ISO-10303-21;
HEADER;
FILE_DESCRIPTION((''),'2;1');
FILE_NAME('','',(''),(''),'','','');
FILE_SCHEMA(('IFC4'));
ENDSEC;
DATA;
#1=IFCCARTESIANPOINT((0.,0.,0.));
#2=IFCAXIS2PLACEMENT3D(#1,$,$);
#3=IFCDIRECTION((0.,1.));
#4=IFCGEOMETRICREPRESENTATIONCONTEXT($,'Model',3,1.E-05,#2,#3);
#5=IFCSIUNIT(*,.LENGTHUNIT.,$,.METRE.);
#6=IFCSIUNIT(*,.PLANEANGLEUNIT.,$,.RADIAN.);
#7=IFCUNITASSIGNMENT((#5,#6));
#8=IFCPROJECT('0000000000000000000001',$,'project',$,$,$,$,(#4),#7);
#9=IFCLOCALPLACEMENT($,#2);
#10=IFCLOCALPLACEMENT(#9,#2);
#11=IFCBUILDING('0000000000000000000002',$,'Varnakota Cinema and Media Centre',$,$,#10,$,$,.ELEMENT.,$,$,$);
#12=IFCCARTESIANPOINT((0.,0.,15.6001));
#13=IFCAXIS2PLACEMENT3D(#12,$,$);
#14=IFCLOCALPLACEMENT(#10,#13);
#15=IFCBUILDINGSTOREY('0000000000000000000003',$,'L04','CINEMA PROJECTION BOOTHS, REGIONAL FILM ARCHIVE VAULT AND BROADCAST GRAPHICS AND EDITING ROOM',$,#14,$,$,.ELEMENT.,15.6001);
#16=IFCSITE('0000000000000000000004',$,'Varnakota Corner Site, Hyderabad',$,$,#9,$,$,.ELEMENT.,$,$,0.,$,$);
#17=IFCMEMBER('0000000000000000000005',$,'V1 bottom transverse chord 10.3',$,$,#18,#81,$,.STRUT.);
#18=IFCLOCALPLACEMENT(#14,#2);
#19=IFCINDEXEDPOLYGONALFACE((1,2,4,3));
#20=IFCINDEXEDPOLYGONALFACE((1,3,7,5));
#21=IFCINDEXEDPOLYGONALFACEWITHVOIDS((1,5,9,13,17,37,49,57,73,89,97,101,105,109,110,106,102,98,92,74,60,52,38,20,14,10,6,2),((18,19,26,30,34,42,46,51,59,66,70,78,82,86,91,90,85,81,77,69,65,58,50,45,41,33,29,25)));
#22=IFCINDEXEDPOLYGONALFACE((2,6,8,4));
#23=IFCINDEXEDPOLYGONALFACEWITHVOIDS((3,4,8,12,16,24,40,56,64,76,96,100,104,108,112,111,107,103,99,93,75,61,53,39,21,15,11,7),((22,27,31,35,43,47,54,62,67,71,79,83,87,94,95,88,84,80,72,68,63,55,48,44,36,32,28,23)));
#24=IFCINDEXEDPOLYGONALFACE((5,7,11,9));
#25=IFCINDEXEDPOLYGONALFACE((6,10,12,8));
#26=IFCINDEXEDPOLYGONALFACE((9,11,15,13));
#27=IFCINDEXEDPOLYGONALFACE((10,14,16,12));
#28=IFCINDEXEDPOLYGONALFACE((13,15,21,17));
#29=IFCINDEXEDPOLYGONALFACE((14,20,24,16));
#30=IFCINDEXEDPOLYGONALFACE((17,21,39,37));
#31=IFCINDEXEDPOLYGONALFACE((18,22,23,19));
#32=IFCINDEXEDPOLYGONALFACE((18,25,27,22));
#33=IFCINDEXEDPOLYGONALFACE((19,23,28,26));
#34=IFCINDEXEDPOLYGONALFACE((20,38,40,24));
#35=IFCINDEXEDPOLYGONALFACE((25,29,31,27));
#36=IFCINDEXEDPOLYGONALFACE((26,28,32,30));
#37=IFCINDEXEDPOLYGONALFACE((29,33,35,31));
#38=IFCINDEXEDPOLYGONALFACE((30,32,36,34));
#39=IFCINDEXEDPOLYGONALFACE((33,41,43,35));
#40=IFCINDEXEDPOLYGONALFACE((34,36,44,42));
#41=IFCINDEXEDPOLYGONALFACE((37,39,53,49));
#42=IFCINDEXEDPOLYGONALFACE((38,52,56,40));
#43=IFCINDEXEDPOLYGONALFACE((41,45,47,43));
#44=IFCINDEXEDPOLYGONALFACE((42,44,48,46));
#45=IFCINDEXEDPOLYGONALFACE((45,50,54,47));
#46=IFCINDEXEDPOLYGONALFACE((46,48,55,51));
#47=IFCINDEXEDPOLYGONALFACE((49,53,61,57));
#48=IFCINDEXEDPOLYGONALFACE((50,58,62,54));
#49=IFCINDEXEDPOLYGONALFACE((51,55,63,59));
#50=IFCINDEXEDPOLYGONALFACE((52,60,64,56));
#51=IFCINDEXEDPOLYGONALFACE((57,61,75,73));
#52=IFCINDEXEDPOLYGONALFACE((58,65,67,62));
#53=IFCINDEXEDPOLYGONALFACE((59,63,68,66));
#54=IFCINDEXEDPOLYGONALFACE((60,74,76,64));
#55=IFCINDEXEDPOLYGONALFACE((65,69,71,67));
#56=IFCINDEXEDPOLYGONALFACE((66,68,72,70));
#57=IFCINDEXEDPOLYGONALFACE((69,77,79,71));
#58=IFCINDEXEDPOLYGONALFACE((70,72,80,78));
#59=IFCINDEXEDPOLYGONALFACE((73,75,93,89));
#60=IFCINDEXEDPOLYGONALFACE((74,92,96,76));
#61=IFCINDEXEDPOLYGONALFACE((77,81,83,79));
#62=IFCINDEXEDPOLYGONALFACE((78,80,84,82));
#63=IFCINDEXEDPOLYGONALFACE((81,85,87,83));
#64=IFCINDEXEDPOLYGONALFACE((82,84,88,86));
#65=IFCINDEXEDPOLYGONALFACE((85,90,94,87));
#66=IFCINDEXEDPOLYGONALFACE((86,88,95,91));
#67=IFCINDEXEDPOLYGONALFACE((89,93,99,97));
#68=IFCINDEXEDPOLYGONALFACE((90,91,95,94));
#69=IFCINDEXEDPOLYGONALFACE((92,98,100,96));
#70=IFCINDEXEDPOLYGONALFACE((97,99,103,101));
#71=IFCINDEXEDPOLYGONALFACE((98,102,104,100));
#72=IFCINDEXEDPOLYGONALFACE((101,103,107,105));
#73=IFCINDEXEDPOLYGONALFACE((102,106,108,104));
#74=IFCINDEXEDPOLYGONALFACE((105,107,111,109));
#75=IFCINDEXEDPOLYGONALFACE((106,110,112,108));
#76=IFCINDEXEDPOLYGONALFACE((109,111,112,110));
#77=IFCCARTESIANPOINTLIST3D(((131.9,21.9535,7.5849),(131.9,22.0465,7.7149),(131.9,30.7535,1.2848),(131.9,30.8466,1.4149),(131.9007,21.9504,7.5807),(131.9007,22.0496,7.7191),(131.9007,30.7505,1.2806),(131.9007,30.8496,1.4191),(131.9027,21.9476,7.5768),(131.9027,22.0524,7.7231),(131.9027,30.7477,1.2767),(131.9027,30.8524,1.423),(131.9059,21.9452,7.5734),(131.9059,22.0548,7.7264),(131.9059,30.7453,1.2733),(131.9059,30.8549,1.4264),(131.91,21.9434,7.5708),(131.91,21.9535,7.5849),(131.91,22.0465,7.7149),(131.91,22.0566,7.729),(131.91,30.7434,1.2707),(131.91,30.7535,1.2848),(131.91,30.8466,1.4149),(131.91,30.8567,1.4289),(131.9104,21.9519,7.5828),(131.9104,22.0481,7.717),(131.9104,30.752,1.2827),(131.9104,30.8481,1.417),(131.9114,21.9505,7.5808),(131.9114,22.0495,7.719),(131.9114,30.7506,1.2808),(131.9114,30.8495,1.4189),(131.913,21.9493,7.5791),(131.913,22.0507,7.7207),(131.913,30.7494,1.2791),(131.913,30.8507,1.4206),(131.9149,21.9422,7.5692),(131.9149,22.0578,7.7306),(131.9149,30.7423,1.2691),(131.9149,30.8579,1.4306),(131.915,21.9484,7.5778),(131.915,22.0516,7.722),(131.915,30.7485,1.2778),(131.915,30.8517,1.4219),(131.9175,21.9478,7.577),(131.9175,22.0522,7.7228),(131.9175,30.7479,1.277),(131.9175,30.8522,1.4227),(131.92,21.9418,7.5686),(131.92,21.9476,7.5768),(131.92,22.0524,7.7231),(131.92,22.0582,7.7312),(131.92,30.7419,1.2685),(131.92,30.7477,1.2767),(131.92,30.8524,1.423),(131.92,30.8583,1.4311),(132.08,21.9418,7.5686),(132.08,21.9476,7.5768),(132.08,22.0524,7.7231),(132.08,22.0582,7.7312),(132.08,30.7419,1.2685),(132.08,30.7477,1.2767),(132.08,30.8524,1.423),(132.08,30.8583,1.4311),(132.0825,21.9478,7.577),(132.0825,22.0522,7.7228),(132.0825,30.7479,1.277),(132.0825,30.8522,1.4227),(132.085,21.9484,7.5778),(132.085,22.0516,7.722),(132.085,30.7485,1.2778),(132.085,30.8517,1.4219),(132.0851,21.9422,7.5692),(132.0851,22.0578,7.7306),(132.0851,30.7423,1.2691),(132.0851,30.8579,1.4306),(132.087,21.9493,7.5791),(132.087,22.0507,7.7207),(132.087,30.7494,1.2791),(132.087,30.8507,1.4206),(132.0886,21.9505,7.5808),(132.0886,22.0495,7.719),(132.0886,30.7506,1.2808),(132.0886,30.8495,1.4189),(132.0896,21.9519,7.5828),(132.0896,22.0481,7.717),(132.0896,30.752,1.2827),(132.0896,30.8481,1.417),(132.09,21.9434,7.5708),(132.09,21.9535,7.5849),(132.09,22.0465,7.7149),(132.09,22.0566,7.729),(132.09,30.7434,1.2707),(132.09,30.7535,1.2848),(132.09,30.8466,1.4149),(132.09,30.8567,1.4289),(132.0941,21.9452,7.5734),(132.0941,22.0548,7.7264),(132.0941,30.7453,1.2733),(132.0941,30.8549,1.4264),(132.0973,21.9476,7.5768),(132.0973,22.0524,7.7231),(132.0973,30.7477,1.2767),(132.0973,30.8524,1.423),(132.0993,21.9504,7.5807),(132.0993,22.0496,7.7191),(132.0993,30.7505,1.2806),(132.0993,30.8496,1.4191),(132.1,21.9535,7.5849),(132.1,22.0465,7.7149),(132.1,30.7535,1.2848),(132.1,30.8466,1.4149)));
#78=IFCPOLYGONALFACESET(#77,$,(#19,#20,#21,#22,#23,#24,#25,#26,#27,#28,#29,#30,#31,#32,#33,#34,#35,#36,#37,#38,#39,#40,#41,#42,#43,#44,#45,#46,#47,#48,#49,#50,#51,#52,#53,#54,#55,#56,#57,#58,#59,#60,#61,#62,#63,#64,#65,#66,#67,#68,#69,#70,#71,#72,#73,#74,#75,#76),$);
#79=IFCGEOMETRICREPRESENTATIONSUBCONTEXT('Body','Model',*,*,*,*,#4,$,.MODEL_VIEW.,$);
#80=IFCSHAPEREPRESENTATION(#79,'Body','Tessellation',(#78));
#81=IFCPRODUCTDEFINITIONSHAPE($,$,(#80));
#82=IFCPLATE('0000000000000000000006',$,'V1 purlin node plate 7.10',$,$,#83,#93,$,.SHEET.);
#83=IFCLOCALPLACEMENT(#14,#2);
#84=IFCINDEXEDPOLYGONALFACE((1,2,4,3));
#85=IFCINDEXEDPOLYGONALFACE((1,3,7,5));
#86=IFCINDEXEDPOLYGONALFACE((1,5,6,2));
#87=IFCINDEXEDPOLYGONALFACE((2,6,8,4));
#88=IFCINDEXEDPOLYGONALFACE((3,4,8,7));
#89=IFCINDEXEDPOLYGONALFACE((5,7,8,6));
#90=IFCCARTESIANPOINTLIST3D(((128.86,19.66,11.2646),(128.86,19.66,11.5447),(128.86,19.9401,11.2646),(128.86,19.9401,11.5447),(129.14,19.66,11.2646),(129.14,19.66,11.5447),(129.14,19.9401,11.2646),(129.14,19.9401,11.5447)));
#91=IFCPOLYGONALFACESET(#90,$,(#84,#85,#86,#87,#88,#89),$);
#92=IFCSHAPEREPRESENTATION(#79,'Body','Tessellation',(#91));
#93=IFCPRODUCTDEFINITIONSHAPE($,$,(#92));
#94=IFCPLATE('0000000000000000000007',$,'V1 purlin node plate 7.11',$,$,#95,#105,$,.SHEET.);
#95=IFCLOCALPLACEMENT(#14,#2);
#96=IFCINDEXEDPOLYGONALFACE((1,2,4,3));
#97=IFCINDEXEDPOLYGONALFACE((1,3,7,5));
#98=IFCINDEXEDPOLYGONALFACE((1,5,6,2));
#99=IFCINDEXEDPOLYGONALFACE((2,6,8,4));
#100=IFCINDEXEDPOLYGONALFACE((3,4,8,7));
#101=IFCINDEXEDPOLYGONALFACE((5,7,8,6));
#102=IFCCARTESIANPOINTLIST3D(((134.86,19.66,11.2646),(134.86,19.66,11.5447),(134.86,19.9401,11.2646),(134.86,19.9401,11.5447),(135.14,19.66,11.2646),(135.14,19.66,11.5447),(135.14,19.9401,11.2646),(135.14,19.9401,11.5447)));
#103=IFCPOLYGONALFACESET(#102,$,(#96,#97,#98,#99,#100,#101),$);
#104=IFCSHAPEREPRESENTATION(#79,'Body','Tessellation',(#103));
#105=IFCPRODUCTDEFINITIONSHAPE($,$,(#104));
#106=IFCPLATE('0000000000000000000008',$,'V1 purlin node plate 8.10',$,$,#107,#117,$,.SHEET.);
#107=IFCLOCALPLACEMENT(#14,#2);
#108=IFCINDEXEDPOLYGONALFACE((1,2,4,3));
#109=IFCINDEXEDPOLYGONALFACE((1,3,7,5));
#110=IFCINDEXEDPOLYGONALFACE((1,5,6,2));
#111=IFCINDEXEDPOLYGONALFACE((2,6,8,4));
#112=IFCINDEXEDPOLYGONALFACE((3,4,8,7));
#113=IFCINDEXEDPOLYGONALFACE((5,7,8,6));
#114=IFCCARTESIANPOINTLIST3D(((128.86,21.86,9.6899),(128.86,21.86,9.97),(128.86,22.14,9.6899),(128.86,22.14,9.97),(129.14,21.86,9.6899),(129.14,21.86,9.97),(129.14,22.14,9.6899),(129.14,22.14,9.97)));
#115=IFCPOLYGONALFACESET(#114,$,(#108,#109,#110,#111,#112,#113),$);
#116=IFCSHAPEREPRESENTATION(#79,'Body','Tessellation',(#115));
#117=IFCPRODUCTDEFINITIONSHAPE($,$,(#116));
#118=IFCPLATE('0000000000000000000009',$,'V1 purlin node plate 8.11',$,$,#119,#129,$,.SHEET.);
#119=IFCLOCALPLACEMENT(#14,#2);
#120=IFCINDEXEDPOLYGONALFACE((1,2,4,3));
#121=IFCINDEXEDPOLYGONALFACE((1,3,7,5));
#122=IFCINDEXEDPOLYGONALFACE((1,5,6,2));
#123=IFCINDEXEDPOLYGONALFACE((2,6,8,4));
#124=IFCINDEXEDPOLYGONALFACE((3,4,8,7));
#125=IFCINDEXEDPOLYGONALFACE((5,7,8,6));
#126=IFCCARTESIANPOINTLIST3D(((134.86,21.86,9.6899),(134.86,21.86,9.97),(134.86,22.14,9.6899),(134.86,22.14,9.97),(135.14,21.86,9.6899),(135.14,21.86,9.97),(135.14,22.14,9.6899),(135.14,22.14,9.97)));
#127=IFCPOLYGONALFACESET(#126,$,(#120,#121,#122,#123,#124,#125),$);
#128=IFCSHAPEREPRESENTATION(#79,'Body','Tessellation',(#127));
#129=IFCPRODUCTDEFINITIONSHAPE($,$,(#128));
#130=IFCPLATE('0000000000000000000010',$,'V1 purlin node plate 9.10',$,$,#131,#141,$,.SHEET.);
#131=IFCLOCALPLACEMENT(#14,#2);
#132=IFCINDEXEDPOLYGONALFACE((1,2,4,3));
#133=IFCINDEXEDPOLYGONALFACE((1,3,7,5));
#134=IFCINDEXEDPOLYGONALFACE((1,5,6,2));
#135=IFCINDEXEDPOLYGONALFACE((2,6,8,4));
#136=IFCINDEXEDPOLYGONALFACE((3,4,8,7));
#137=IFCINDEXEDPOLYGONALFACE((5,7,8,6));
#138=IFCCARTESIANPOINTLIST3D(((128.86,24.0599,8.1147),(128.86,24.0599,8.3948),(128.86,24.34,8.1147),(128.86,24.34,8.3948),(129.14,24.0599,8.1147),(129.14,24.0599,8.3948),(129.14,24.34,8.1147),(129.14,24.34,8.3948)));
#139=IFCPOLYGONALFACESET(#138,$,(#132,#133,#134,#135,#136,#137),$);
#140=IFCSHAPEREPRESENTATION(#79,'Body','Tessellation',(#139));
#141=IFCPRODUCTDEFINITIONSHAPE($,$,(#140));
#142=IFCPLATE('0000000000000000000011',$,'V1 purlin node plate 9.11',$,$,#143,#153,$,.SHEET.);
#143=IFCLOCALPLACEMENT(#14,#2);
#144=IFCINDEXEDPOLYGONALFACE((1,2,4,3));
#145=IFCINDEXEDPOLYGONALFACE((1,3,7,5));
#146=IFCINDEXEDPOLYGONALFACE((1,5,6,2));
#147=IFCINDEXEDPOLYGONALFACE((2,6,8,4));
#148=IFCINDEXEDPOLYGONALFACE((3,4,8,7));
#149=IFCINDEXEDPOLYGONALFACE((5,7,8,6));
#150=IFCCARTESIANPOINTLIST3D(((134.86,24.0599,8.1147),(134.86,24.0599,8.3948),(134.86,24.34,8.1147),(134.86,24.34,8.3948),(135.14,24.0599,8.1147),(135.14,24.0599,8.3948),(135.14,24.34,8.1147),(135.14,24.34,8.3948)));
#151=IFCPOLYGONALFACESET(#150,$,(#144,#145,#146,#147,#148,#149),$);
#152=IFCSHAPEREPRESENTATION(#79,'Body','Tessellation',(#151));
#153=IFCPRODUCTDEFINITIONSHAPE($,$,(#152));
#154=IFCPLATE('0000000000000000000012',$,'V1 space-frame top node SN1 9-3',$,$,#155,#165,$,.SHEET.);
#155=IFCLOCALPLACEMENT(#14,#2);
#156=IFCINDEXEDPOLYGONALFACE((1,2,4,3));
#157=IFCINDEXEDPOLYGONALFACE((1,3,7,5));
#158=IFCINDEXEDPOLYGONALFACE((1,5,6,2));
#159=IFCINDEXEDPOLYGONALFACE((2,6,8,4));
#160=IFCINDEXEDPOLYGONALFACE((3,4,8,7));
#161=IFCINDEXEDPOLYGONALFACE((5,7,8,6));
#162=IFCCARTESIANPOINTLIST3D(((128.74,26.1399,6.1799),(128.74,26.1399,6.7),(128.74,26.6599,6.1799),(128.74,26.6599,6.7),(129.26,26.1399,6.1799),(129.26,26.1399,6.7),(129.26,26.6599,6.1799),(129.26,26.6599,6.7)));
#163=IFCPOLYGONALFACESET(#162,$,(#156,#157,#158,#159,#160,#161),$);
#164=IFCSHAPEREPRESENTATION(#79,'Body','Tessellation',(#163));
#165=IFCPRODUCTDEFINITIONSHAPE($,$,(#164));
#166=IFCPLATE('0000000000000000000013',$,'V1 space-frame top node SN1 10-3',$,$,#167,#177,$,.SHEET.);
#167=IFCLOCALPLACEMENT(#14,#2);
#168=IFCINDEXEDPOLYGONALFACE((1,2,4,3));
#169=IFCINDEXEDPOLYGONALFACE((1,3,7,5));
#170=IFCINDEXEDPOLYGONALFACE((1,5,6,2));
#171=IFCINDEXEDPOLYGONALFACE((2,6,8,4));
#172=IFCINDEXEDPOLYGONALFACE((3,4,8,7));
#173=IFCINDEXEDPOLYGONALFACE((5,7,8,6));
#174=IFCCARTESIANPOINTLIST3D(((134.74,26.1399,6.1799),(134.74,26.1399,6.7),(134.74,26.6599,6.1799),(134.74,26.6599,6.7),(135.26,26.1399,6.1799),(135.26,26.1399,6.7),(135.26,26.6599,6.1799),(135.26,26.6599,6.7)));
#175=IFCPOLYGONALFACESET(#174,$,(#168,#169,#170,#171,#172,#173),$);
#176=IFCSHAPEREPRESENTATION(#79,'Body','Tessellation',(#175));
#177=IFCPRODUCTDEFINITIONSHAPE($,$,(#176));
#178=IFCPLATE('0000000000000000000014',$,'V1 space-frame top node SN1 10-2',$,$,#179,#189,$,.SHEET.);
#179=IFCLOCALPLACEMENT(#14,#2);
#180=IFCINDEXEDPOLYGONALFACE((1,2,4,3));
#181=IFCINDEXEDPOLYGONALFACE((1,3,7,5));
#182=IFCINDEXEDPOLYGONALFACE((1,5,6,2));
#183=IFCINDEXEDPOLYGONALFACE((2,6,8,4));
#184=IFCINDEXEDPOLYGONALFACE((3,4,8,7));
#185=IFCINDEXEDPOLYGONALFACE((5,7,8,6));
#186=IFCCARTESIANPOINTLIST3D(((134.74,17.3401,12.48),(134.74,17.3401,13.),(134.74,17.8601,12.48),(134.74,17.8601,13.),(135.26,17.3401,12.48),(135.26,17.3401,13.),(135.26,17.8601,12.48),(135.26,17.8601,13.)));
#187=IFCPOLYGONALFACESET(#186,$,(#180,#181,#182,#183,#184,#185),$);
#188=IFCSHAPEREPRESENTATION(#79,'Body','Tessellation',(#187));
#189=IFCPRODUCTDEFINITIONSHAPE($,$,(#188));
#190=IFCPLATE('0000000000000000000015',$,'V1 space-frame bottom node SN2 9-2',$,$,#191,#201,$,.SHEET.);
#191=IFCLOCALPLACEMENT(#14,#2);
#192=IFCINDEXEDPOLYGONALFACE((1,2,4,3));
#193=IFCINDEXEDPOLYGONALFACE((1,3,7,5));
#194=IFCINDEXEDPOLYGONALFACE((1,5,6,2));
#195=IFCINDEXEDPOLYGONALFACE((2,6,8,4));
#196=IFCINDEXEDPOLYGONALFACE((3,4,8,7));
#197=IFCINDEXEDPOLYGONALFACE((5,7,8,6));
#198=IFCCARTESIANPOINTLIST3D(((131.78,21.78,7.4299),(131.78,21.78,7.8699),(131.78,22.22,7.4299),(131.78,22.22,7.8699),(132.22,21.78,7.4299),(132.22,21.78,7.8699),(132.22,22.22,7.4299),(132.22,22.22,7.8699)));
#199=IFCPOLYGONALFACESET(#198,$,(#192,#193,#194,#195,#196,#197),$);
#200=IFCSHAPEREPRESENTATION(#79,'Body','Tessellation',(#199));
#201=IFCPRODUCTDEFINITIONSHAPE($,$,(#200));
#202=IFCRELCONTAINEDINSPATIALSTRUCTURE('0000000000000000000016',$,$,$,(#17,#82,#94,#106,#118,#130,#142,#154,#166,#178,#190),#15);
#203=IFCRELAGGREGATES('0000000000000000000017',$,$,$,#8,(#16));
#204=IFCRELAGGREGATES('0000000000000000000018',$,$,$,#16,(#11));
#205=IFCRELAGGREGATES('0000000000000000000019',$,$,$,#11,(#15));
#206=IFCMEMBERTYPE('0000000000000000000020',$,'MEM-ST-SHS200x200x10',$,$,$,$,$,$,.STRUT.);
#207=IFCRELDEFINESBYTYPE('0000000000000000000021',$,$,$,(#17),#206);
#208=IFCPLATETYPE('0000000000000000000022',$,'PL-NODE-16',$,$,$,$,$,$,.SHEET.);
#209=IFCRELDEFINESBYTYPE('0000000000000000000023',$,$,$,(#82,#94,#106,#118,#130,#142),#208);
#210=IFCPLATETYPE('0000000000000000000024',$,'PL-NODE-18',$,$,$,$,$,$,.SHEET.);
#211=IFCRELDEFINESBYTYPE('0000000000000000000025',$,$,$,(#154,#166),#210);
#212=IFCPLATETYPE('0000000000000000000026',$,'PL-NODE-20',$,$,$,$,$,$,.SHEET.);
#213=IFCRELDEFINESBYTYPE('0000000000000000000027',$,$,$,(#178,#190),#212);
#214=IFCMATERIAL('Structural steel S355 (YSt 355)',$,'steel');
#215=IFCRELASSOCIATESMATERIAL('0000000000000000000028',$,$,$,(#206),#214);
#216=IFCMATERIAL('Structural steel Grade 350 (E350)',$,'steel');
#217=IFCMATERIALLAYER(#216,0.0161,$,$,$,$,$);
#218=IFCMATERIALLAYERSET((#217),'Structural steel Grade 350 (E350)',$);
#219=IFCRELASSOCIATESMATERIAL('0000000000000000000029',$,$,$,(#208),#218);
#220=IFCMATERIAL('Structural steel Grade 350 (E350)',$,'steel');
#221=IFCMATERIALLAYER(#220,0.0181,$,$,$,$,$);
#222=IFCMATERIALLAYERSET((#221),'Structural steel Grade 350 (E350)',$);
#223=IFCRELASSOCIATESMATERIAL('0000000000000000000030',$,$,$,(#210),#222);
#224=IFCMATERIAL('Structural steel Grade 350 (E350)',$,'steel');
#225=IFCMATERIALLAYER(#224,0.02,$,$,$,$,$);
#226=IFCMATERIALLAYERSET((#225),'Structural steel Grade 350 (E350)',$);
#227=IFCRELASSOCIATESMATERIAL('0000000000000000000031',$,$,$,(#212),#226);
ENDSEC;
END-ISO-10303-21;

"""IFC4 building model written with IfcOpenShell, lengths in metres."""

from ifc_helpers import new_model, si_unit, direction, frame, origin, origin_2d, place, context, subcontext, project, spatial, rectangle, hollow_rectangle, extrude, material, layer, layer_set, material_profile, profile_set, type_object, element, save


model = new_model("IFC4")

# Units and contexts
model_context = context("Model", 3, precision=1e-05, world=origin(), true_north=direction((0.0, 1.0)))
body_context = subcontext(model_context, "Body", "Model", "MODEL_VIEW")
ifc_project = project(units=[si_unit("LENGTHUNIT", "METRE"), si_unit("PLANEANGLEUNIT", "RADIAN")], contexts=[model_context])

# Site, building, storey
site_placement = place(None, origin())
site = spatial("IfcSite", under=ifc_project, at=site_placement, Name="Varnakota Corner Site, Hyderabad", CompositionType="ELEMENT", RefElevation=0.0)
building_placement = place(site_placement, origin())
building = spatial("IfcBuilding", under=site, at=building_placement, Name="Varnakota Cinema and Media Centre", CompositionType="ELEMENT")
storey_placement = place(building_placement, frame((0.0, 0.0, 15.6001)))
storey = spatial("IfcBuildingStorey", under=building, at=storey_placement, Name="L04", Description="CINEMA PROJECTION BOOTHS, REGIONAL FILM ARCHIVE VAULT AND BROADCAST GRAPHICS AND EDITING ROOM", CompositionType="ELEMENT", Elevation=15.6001)

# Member
ifc_material_1 = material(Name="Structural steel S355 (YSt 355)", Category="steel")
ifc_material_profile_1 = material_profile(ifc_material_1, hollow_rectangle(XDim=0.2, YDim=0.2, WallThickness=0.01, InnerFilletRadius=0.01, OuterFilletRadius=0.02, at=origin_2d()), Name="SHS 200x200x10")
ifc_profile_set_1 = profile_set([ifc_material_profile_1], Name="Structural steel S355 (YSt 355)")
member_type_1 = type_object("IfcMemberType", Name="MEM-ST-SHS200x200x10", PredefinedType="STRUT", material=ifc_profile_set_1)
member_1_placement = place(storey_placement, frame((132.0, 22.0, 7.6499), z_axis=(0.0, 0.813108, -0.582113), x_axis=(-1.0, 0.0, 0.0)))
element("IfcMember", 1, at=member_1_placement, inside=storey, type_object=member_type_1, Name="V1 bottom transverse chord 10.3", PredefinedType="STRUT", context=body_context, shape_type="SweptSolid", body=[
    extrude(hollow_rectangle(XDim=0.2, YDim=0.2, WallThickness=0.01, InnerFilletRadius=0.01, OuterFilletRadius=0.02, at=origin_2d()), origin(), (0.0, 0.0, 1.0), 10.8228),
])

# Plates
ifc_material_2 = material(Name="Structural steel Grade 350 (E350)", Category="steel")
ifc_layer_1 = layer(ifc_material_2, 0.0161)
ifc_layer_set_1 = layer_set([ifc_layer_1], Name="Structural steel Grade 350 (E350)")
plate_type_1 = type_object("IfcPlateType", Name="PL-NODE-16", PredefinedType="SHEET", material=ifc_layer_set_1)
for number, where, z_axis, x_axis, name in (
    (2, (129.0, 19.8, 11.2646), (0.0, 0.0, 1.0), (1.0, 0.0, 0.0), "V1 purlin node plate 7.10"),
    (3, (135.0, 19.8, 11.2646), (0.0, 0.0, 1.0), (1.0, 0.0, 0.0), "V1 purlin node plate 7.11"),
    (4, (129.0, 22.0, 9.6899), (0.0, 0.0, 1.0), (1.0, 0.0, 0.0), "V1 purlin node plate 8.10"),
    (5, (135.0, 22.0, 9.6899), (0.0, 0.0, 1.0), (1.0, 0.0, 0.0), "V1 purlin node plate 8.11"),
    (6, (129.0, 24.2, 8.1147), (0.0, 0.0, 1.0), (1.0, 0.0, 0.0), "V1 purlin node plate 9.10"),
    (7, (135.0, 24.2, 8.1147), (0.0, 0.0, 1.0), (1.0, 0.0, 0.0), "V1 purlin node plate 9.11"),
):
    element("IfcPlate", number, at=place(storey_placement, frame(where, z_axis=z_axis, x_axis=x_axis)), inside=storey, type_object=plate_type_1, Name=name, PredefinedType="SHEET", context=body_context, shape_type="SweptSolid", body=[
        extrude(rectangle(XDim=0.28, YDim=0.28, at=origin_2d()), origin(), (0.0, 0.0, 1.0), 0.28),
    ])
ifc_material_3 = material(Name="Structural steel Grade 350 (E350)", Category="steel")
ifc_layer_2 = layer(ifc_material_3, 0.0181)
ifc_layer_set_2 = layer_set([ifc_layer_2], Name="Structural steel Grade 350 (E350)")
plate_type_2 = type_object("IfcPlateType", Name="PL-NODE-18", PredefinedType="SHEET", material=ifc_layer_set_2)
for number, where, z_axis, x_axis, name in (
    (8, (129.0, 26.3999, 6.1799), (0.0, 0.0, 1.0), (1.0, 0.0, 0.0), "V1 space-frame top node SN1 9-3"),
    (9, (135.0, 26.3999, 6.1799), (0.0, 0.0, 1.0), (1.0, 0.0, 0.0), "V1 space-frame top node SN1 10-3"),
):
    element("IfcPlate", number, at=place(storey_placement, frame(where, z_axis=z_axis, x_axis=x_axis)), inside=storey, type_object=plate_type_2, Name=name, PredefinedType="SHEET", context=body_context, shape_type="SweptSolid", body=[
        extrude(rectangle(XDim=0.52, YDim=0.52, at=origin_2d()), origin(), (0.0, 0.0, 1.0), 0.52),
    ])
ifc_material_4 = material(Name="Structural steel Grade 350 (E350)", Category="steel")
ifc_layer_3 = layer(ifc_material_4, 0.02)
ifc_layer_set_3 = layer_set([ifc_layer_3], Name="Structural steel Grade 350 (E350)")
plate_type_3 = type_object("IfcPlateType", Name="PL-NODE-20", PredefinedType="SHEET", material=ifc_layer_set_3)
plate_1_placement = place(storey_placement, frame((135.0, 17.6001, 12.48), z_axis=(0.0, 0.0, 1.0), x_axis=(1.0, 0.0, 0.0)))
element("IfcPlate", 10, at=plate_1_placement, inside=storey, type_object=plate_type_3, Name="V1 space-frame top node SN1 10-2", PredefinedType="SHEET", context=body_context, shape_type="SweptSolid", body=[
    extrude(rectangle(XDim=0.52, YDim=0.52, at=origin_2d()), origin(), (0.0, 0.0, 1.0), 0.52),
])
plate_2_placement = place(storey_placement, frame((132.0, 22.0, 7.4299), z_axis=(0.0, 0.0, 1.0), x_axis=(1.0, 0.0, 0.0)))
element("IfcPlate", 11, at=plate_2_placement, inside=storey, type_object=plate_type_3, Name="V1 space-frame bottom node SN2 9-2", PredefinedType="SHEET", context=body_context, shape_type="SweptSolid", body=[
    extrude(rectangle(XDim=0.4399, YDim=0.4399, at=origin_2d()), origin(), (0.0, 0.0, 1.0), 0.4399),
])

save(model, "model.ifc")
